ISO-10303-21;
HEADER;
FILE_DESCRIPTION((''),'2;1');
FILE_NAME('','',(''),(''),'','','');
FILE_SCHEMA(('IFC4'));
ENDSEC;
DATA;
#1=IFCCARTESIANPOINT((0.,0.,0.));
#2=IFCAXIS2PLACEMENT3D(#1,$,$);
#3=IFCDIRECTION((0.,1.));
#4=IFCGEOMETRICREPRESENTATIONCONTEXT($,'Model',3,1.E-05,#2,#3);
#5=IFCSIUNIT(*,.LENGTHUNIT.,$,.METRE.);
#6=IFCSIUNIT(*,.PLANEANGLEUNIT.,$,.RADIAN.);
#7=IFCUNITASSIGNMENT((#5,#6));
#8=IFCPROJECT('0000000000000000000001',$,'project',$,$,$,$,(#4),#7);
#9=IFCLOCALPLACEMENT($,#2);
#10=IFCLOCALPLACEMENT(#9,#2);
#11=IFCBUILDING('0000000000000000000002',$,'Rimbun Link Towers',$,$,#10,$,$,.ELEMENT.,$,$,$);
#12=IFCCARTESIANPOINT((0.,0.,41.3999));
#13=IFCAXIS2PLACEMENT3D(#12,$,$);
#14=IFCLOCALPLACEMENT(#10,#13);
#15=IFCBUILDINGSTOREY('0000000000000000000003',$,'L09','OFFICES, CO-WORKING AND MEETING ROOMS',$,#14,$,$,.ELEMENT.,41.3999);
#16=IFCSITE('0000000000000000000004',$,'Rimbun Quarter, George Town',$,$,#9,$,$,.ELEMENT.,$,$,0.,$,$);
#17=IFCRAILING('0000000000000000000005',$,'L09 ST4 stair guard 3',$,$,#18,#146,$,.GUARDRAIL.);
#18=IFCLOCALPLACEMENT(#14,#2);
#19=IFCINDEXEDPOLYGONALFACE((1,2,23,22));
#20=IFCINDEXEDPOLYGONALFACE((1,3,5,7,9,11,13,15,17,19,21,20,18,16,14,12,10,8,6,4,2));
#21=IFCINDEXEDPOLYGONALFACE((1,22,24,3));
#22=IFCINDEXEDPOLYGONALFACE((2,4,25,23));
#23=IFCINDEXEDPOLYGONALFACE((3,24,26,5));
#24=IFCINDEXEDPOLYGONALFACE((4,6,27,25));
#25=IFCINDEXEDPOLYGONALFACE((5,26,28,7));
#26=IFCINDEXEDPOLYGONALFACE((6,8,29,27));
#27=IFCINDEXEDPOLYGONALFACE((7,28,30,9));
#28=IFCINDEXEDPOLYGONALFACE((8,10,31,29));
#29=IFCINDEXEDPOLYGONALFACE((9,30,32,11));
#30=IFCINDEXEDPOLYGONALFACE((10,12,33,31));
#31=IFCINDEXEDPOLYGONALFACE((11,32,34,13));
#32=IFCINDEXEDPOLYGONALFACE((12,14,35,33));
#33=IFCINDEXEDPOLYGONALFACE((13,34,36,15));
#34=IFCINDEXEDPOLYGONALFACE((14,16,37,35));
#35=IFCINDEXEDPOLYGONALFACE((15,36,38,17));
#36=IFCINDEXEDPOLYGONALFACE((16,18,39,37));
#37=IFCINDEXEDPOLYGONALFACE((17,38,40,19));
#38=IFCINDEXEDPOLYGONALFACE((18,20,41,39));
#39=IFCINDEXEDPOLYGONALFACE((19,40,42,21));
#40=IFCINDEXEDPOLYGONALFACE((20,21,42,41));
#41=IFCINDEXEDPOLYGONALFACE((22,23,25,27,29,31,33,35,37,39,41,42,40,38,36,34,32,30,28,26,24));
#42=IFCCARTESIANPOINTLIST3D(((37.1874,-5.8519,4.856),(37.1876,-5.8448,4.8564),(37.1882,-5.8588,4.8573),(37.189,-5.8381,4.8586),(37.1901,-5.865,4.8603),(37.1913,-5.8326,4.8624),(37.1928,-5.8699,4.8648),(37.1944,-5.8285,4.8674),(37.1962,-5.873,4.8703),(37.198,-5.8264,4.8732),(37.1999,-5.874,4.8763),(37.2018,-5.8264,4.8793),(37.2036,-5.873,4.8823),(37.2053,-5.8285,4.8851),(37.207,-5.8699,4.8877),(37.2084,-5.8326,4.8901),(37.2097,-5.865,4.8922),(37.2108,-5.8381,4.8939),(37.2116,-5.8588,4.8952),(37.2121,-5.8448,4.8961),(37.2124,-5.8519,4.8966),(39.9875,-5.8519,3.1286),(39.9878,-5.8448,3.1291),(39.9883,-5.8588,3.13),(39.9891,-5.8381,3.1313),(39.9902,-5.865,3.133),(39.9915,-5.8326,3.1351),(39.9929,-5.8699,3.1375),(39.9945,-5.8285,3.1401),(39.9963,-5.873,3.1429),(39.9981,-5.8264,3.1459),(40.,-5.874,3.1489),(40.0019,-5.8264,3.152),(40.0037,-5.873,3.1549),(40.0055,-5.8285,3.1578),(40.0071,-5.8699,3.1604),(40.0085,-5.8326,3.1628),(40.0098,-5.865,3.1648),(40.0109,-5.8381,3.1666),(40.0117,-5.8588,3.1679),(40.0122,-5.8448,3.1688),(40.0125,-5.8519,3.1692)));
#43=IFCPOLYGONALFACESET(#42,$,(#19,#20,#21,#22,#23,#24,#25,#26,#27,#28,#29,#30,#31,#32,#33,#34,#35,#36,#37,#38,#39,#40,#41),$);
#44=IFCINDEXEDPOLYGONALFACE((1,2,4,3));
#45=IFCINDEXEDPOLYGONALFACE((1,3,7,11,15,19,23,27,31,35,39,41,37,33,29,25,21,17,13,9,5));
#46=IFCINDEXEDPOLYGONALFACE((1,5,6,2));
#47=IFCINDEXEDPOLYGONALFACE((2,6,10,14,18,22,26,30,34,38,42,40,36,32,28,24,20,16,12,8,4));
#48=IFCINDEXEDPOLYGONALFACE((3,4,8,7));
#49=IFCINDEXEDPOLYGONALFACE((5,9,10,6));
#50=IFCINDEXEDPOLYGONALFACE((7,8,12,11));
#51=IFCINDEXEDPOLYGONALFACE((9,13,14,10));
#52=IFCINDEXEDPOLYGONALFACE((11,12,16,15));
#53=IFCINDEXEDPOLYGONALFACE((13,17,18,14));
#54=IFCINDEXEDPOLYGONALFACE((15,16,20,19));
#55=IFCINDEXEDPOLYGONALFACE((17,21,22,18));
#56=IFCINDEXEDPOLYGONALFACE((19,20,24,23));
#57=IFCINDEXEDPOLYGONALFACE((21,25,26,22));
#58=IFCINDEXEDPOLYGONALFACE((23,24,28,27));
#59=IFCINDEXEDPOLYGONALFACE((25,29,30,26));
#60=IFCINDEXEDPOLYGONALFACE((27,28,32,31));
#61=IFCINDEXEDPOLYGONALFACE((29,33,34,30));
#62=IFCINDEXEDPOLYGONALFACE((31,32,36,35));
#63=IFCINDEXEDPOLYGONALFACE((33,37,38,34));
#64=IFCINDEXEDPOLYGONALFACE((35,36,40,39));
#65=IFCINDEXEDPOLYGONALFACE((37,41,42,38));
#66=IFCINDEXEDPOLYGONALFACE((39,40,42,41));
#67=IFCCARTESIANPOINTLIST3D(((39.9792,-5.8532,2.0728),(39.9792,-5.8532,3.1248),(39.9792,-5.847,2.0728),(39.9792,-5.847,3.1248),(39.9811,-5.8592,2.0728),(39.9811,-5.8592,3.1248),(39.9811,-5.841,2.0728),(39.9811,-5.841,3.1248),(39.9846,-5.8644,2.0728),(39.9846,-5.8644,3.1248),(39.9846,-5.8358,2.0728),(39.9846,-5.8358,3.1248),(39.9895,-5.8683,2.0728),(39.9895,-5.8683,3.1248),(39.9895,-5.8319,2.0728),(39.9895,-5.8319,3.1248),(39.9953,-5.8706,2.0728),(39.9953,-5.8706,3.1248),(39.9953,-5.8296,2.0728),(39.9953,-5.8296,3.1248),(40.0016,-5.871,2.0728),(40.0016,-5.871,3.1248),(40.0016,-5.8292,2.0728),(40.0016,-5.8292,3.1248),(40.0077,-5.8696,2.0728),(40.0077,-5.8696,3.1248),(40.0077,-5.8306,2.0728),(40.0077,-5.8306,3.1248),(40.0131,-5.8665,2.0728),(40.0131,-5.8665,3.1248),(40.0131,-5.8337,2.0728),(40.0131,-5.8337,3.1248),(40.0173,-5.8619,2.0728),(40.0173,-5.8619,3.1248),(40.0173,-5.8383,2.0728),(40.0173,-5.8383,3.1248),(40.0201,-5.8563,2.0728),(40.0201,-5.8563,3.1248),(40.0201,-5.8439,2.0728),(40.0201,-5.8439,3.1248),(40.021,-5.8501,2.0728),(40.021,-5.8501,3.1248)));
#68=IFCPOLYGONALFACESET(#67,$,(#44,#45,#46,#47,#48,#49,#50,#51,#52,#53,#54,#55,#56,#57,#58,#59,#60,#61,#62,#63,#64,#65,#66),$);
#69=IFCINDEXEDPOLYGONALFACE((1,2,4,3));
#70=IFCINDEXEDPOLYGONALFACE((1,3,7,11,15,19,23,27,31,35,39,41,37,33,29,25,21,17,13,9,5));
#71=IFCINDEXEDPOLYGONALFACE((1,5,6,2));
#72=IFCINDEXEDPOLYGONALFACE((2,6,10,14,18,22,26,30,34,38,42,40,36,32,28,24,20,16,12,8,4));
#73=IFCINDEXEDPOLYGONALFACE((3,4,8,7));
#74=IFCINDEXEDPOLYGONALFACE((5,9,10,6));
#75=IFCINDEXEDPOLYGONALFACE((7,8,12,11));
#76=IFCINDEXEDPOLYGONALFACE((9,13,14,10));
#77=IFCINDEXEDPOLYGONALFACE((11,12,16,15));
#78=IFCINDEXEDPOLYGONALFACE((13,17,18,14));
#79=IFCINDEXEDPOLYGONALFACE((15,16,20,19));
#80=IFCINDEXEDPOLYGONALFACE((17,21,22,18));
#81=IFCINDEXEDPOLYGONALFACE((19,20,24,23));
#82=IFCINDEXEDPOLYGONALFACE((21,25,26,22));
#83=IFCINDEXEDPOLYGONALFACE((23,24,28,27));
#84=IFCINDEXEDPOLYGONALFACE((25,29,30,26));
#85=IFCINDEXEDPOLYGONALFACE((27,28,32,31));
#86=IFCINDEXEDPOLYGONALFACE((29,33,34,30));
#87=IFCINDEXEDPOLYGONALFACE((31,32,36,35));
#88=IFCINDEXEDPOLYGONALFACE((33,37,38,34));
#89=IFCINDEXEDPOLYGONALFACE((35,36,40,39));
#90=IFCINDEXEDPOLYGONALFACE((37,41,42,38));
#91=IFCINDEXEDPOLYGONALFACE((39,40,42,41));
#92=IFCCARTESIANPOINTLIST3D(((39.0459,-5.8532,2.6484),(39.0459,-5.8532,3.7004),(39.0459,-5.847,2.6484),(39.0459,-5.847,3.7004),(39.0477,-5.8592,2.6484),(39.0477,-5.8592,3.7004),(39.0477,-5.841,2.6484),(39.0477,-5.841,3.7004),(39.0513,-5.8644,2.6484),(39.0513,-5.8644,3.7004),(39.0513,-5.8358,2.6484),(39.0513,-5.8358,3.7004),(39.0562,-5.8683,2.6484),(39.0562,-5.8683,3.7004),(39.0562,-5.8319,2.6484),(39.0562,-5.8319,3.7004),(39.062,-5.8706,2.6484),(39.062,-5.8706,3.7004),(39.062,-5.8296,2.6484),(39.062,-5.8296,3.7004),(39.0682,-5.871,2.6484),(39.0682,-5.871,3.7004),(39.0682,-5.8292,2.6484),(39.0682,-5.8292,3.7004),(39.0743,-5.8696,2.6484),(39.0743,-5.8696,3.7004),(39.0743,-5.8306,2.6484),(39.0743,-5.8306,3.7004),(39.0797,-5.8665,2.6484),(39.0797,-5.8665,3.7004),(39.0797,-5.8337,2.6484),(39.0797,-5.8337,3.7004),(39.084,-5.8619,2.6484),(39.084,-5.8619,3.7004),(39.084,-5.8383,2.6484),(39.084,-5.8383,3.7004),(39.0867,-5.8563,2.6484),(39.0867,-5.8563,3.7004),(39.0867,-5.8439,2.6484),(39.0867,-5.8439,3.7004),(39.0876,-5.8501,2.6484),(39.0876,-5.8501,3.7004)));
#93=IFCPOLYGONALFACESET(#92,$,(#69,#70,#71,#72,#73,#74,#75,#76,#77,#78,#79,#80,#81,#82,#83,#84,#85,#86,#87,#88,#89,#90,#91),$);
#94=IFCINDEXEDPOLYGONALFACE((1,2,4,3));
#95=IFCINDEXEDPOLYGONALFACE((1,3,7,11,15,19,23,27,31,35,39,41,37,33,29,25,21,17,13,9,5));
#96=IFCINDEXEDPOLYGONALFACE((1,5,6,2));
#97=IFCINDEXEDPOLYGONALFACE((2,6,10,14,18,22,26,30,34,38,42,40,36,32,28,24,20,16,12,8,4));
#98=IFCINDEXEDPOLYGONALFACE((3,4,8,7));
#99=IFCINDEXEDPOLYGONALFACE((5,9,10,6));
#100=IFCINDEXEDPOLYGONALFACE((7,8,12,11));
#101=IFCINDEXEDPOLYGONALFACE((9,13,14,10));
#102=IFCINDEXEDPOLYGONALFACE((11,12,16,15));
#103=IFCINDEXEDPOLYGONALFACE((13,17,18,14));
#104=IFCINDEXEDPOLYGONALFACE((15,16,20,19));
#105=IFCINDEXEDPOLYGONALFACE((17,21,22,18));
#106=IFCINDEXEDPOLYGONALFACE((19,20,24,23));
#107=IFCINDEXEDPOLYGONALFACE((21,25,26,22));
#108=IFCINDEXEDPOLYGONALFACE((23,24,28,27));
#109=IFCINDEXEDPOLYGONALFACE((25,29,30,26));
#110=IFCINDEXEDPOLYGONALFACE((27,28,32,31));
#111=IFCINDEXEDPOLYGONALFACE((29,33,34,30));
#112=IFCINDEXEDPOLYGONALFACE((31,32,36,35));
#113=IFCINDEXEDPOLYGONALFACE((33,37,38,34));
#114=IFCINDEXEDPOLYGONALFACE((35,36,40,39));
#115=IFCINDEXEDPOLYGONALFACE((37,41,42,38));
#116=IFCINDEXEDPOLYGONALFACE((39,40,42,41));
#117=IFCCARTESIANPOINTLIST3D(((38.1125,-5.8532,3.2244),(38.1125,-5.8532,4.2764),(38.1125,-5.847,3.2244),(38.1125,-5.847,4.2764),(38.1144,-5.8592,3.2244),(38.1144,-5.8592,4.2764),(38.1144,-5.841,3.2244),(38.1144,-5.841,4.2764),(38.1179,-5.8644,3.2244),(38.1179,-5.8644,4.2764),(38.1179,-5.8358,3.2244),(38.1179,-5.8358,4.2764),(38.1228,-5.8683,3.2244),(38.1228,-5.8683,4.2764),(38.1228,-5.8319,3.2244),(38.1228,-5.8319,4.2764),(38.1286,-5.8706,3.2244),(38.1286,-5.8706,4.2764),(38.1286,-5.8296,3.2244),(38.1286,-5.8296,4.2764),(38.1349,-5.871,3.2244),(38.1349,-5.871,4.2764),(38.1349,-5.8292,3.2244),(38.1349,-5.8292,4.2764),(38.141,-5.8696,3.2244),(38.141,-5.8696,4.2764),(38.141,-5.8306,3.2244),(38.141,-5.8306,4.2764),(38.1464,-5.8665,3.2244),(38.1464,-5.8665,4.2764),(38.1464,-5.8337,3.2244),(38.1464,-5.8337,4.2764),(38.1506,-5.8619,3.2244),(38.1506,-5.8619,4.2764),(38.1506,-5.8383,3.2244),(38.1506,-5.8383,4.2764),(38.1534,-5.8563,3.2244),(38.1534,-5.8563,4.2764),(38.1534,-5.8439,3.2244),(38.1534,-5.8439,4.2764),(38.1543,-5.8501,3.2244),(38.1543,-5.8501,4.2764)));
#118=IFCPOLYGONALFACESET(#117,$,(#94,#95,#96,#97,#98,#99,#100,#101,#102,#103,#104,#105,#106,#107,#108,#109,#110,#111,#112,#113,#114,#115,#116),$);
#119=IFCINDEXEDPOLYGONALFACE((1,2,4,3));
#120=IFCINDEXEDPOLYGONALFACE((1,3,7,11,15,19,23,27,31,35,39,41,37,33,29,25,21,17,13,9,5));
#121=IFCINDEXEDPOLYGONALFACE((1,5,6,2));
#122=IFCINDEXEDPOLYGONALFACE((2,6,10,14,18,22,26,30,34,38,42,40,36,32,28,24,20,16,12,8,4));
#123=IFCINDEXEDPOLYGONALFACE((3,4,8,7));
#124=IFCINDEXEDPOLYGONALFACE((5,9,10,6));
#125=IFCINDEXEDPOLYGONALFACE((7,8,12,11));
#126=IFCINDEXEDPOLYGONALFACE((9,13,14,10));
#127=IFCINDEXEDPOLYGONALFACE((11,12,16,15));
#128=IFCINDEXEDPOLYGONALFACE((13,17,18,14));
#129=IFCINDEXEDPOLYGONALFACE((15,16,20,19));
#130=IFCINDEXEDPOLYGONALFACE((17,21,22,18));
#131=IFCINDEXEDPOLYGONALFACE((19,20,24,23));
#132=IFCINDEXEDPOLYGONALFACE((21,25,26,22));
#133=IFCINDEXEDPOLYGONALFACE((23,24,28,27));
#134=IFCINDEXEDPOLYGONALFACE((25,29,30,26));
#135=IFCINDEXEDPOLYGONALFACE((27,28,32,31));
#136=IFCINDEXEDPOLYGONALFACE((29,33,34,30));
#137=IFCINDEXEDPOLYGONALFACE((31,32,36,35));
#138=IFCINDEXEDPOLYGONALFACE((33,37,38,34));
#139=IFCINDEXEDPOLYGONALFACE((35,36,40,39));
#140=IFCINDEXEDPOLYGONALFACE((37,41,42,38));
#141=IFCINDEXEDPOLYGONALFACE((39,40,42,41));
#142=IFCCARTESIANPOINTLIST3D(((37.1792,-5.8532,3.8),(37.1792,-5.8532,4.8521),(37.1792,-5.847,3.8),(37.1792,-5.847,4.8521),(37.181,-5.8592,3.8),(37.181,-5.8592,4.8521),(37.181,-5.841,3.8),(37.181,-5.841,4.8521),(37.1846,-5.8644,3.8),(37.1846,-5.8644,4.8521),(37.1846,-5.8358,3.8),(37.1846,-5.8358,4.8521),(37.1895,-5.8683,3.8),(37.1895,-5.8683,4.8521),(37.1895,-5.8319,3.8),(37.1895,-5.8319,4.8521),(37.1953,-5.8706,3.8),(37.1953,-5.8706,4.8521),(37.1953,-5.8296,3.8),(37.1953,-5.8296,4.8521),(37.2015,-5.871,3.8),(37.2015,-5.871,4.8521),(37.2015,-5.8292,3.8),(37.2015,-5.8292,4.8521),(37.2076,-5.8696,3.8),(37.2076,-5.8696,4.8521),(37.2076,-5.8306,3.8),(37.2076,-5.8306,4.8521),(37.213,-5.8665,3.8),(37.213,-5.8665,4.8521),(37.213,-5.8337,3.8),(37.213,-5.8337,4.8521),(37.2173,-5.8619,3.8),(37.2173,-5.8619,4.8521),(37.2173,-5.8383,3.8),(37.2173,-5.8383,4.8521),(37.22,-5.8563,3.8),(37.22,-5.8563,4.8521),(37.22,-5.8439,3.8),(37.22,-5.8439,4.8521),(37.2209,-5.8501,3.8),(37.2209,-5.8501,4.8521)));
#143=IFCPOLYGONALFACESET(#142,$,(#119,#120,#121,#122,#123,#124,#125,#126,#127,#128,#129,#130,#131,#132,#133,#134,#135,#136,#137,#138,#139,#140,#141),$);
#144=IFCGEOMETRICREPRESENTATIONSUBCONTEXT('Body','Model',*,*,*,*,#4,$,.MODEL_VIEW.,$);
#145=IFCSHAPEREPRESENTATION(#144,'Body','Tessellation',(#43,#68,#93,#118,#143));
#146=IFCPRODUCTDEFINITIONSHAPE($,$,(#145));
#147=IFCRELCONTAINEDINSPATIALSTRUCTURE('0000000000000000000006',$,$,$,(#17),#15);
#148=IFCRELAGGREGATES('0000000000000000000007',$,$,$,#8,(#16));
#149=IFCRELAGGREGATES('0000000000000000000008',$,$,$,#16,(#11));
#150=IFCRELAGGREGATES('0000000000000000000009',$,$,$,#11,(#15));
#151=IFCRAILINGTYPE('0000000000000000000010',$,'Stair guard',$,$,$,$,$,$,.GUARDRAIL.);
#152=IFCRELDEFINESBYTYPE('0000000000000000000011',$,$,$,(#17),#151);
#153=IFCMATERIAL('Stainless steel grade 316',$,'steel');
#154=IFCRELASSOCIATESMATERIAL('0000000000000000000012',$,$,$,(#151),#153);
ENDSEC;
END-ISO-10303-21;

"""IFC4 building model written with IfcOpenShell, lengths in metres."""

from ifc_helpers import new_model, si_unit, direction, frame, origin, origin_2d, place, context, subcontext, project, spatial, circle, extrude, material, type_object, element, save


model = new_model("IFC4")

# Units and contexts
model_context = context("Model", 3, precision=1e-05, world=origin(), true_north=direction((0.0, 1.0)))
body_context = subcontext(model_context, "Body", "Model", "MODEL_VIEW")
ifc_project = project(units=[si_unit("LENGTHUNIT", "METRE"), si_unit("PLANEANGLEUNIT", "RADIAN")], contexts=[model_context])

# Site, building, storey
site_placement = place(None, origin())
site = spatial("IfcSite", under=ifc_project, at=site_placement, Name="Rimbun Quarter, George Town", CompositionType="ELEMENT", RefElevation=0.0)
building_placement = place(site_placement, origin())
building = spatial("IfcBuilding", under=site, at=building_placement, Name="Rimbun Link Towers", CompositionType="ELEMENT")
storey_placement = place(building_placement, frame((0.0, 0.0, 41.3999)))
storey = spatial("IfcBuildingStorey", under=building, at=storey_placement, Name="L09", Description="OFFICES, CO-WORKING AND MEETING ROOMS", CompositionType="ELEMENT", Elevation=41.3999)

# Railing
ifc_material_1 = material(Name="Stainless steel grade 316", Category="steel")
railing_type_1 = type_object("IfcRailingType", Name="Stair guard", PredefinedType="GUARDRAIL", material=ifc_material_1)
railing_1_placement = place(storey_placement, frame((40.0, -5.8501, 2.0728)))
element("IfcRailing", 1, at=railing_1_placement, inside=storey, type_object=railing_type_1, Name="L09 ST4 stair guard 3", PredefinedType="GUARDRAIL", context=body_context, shape_type="SweptSolid", body=[
    extrude(circle(Radius=0.0239, at=origin_2d()), frame((0.0, 0.0, 1.0762), z_axis=(-0.85109, 0.0, 0.52502), x_axis=(0.0, -1.0, 0.0)), (0.0, 0.0, 1.0), 3.29),
    extrude(circle(Radius=0.021, at=origin_2d()), origin(), (0.0, 0.0, 1.0), 1.052),
    extrude(circle(Radius=0.021, at=origin_2d()), frame((-0.9333, 0.0, 0.5757)), (0.0, 0.0, 1.0), 1.052),
    extrude(circle(Radius=0.021, at=origin_2d()), frame((-1.8667, 0.0, 1.1516)), (0.0, 0.0, 1.0), 1.052),
    extrude(circle(Radius=0.021, at=origin_2d()), frame((-2.8, 0.0, 1.7273)), (0.0, 0.0, 1.0), 1.052),
])

save(model, "model.ifc")
